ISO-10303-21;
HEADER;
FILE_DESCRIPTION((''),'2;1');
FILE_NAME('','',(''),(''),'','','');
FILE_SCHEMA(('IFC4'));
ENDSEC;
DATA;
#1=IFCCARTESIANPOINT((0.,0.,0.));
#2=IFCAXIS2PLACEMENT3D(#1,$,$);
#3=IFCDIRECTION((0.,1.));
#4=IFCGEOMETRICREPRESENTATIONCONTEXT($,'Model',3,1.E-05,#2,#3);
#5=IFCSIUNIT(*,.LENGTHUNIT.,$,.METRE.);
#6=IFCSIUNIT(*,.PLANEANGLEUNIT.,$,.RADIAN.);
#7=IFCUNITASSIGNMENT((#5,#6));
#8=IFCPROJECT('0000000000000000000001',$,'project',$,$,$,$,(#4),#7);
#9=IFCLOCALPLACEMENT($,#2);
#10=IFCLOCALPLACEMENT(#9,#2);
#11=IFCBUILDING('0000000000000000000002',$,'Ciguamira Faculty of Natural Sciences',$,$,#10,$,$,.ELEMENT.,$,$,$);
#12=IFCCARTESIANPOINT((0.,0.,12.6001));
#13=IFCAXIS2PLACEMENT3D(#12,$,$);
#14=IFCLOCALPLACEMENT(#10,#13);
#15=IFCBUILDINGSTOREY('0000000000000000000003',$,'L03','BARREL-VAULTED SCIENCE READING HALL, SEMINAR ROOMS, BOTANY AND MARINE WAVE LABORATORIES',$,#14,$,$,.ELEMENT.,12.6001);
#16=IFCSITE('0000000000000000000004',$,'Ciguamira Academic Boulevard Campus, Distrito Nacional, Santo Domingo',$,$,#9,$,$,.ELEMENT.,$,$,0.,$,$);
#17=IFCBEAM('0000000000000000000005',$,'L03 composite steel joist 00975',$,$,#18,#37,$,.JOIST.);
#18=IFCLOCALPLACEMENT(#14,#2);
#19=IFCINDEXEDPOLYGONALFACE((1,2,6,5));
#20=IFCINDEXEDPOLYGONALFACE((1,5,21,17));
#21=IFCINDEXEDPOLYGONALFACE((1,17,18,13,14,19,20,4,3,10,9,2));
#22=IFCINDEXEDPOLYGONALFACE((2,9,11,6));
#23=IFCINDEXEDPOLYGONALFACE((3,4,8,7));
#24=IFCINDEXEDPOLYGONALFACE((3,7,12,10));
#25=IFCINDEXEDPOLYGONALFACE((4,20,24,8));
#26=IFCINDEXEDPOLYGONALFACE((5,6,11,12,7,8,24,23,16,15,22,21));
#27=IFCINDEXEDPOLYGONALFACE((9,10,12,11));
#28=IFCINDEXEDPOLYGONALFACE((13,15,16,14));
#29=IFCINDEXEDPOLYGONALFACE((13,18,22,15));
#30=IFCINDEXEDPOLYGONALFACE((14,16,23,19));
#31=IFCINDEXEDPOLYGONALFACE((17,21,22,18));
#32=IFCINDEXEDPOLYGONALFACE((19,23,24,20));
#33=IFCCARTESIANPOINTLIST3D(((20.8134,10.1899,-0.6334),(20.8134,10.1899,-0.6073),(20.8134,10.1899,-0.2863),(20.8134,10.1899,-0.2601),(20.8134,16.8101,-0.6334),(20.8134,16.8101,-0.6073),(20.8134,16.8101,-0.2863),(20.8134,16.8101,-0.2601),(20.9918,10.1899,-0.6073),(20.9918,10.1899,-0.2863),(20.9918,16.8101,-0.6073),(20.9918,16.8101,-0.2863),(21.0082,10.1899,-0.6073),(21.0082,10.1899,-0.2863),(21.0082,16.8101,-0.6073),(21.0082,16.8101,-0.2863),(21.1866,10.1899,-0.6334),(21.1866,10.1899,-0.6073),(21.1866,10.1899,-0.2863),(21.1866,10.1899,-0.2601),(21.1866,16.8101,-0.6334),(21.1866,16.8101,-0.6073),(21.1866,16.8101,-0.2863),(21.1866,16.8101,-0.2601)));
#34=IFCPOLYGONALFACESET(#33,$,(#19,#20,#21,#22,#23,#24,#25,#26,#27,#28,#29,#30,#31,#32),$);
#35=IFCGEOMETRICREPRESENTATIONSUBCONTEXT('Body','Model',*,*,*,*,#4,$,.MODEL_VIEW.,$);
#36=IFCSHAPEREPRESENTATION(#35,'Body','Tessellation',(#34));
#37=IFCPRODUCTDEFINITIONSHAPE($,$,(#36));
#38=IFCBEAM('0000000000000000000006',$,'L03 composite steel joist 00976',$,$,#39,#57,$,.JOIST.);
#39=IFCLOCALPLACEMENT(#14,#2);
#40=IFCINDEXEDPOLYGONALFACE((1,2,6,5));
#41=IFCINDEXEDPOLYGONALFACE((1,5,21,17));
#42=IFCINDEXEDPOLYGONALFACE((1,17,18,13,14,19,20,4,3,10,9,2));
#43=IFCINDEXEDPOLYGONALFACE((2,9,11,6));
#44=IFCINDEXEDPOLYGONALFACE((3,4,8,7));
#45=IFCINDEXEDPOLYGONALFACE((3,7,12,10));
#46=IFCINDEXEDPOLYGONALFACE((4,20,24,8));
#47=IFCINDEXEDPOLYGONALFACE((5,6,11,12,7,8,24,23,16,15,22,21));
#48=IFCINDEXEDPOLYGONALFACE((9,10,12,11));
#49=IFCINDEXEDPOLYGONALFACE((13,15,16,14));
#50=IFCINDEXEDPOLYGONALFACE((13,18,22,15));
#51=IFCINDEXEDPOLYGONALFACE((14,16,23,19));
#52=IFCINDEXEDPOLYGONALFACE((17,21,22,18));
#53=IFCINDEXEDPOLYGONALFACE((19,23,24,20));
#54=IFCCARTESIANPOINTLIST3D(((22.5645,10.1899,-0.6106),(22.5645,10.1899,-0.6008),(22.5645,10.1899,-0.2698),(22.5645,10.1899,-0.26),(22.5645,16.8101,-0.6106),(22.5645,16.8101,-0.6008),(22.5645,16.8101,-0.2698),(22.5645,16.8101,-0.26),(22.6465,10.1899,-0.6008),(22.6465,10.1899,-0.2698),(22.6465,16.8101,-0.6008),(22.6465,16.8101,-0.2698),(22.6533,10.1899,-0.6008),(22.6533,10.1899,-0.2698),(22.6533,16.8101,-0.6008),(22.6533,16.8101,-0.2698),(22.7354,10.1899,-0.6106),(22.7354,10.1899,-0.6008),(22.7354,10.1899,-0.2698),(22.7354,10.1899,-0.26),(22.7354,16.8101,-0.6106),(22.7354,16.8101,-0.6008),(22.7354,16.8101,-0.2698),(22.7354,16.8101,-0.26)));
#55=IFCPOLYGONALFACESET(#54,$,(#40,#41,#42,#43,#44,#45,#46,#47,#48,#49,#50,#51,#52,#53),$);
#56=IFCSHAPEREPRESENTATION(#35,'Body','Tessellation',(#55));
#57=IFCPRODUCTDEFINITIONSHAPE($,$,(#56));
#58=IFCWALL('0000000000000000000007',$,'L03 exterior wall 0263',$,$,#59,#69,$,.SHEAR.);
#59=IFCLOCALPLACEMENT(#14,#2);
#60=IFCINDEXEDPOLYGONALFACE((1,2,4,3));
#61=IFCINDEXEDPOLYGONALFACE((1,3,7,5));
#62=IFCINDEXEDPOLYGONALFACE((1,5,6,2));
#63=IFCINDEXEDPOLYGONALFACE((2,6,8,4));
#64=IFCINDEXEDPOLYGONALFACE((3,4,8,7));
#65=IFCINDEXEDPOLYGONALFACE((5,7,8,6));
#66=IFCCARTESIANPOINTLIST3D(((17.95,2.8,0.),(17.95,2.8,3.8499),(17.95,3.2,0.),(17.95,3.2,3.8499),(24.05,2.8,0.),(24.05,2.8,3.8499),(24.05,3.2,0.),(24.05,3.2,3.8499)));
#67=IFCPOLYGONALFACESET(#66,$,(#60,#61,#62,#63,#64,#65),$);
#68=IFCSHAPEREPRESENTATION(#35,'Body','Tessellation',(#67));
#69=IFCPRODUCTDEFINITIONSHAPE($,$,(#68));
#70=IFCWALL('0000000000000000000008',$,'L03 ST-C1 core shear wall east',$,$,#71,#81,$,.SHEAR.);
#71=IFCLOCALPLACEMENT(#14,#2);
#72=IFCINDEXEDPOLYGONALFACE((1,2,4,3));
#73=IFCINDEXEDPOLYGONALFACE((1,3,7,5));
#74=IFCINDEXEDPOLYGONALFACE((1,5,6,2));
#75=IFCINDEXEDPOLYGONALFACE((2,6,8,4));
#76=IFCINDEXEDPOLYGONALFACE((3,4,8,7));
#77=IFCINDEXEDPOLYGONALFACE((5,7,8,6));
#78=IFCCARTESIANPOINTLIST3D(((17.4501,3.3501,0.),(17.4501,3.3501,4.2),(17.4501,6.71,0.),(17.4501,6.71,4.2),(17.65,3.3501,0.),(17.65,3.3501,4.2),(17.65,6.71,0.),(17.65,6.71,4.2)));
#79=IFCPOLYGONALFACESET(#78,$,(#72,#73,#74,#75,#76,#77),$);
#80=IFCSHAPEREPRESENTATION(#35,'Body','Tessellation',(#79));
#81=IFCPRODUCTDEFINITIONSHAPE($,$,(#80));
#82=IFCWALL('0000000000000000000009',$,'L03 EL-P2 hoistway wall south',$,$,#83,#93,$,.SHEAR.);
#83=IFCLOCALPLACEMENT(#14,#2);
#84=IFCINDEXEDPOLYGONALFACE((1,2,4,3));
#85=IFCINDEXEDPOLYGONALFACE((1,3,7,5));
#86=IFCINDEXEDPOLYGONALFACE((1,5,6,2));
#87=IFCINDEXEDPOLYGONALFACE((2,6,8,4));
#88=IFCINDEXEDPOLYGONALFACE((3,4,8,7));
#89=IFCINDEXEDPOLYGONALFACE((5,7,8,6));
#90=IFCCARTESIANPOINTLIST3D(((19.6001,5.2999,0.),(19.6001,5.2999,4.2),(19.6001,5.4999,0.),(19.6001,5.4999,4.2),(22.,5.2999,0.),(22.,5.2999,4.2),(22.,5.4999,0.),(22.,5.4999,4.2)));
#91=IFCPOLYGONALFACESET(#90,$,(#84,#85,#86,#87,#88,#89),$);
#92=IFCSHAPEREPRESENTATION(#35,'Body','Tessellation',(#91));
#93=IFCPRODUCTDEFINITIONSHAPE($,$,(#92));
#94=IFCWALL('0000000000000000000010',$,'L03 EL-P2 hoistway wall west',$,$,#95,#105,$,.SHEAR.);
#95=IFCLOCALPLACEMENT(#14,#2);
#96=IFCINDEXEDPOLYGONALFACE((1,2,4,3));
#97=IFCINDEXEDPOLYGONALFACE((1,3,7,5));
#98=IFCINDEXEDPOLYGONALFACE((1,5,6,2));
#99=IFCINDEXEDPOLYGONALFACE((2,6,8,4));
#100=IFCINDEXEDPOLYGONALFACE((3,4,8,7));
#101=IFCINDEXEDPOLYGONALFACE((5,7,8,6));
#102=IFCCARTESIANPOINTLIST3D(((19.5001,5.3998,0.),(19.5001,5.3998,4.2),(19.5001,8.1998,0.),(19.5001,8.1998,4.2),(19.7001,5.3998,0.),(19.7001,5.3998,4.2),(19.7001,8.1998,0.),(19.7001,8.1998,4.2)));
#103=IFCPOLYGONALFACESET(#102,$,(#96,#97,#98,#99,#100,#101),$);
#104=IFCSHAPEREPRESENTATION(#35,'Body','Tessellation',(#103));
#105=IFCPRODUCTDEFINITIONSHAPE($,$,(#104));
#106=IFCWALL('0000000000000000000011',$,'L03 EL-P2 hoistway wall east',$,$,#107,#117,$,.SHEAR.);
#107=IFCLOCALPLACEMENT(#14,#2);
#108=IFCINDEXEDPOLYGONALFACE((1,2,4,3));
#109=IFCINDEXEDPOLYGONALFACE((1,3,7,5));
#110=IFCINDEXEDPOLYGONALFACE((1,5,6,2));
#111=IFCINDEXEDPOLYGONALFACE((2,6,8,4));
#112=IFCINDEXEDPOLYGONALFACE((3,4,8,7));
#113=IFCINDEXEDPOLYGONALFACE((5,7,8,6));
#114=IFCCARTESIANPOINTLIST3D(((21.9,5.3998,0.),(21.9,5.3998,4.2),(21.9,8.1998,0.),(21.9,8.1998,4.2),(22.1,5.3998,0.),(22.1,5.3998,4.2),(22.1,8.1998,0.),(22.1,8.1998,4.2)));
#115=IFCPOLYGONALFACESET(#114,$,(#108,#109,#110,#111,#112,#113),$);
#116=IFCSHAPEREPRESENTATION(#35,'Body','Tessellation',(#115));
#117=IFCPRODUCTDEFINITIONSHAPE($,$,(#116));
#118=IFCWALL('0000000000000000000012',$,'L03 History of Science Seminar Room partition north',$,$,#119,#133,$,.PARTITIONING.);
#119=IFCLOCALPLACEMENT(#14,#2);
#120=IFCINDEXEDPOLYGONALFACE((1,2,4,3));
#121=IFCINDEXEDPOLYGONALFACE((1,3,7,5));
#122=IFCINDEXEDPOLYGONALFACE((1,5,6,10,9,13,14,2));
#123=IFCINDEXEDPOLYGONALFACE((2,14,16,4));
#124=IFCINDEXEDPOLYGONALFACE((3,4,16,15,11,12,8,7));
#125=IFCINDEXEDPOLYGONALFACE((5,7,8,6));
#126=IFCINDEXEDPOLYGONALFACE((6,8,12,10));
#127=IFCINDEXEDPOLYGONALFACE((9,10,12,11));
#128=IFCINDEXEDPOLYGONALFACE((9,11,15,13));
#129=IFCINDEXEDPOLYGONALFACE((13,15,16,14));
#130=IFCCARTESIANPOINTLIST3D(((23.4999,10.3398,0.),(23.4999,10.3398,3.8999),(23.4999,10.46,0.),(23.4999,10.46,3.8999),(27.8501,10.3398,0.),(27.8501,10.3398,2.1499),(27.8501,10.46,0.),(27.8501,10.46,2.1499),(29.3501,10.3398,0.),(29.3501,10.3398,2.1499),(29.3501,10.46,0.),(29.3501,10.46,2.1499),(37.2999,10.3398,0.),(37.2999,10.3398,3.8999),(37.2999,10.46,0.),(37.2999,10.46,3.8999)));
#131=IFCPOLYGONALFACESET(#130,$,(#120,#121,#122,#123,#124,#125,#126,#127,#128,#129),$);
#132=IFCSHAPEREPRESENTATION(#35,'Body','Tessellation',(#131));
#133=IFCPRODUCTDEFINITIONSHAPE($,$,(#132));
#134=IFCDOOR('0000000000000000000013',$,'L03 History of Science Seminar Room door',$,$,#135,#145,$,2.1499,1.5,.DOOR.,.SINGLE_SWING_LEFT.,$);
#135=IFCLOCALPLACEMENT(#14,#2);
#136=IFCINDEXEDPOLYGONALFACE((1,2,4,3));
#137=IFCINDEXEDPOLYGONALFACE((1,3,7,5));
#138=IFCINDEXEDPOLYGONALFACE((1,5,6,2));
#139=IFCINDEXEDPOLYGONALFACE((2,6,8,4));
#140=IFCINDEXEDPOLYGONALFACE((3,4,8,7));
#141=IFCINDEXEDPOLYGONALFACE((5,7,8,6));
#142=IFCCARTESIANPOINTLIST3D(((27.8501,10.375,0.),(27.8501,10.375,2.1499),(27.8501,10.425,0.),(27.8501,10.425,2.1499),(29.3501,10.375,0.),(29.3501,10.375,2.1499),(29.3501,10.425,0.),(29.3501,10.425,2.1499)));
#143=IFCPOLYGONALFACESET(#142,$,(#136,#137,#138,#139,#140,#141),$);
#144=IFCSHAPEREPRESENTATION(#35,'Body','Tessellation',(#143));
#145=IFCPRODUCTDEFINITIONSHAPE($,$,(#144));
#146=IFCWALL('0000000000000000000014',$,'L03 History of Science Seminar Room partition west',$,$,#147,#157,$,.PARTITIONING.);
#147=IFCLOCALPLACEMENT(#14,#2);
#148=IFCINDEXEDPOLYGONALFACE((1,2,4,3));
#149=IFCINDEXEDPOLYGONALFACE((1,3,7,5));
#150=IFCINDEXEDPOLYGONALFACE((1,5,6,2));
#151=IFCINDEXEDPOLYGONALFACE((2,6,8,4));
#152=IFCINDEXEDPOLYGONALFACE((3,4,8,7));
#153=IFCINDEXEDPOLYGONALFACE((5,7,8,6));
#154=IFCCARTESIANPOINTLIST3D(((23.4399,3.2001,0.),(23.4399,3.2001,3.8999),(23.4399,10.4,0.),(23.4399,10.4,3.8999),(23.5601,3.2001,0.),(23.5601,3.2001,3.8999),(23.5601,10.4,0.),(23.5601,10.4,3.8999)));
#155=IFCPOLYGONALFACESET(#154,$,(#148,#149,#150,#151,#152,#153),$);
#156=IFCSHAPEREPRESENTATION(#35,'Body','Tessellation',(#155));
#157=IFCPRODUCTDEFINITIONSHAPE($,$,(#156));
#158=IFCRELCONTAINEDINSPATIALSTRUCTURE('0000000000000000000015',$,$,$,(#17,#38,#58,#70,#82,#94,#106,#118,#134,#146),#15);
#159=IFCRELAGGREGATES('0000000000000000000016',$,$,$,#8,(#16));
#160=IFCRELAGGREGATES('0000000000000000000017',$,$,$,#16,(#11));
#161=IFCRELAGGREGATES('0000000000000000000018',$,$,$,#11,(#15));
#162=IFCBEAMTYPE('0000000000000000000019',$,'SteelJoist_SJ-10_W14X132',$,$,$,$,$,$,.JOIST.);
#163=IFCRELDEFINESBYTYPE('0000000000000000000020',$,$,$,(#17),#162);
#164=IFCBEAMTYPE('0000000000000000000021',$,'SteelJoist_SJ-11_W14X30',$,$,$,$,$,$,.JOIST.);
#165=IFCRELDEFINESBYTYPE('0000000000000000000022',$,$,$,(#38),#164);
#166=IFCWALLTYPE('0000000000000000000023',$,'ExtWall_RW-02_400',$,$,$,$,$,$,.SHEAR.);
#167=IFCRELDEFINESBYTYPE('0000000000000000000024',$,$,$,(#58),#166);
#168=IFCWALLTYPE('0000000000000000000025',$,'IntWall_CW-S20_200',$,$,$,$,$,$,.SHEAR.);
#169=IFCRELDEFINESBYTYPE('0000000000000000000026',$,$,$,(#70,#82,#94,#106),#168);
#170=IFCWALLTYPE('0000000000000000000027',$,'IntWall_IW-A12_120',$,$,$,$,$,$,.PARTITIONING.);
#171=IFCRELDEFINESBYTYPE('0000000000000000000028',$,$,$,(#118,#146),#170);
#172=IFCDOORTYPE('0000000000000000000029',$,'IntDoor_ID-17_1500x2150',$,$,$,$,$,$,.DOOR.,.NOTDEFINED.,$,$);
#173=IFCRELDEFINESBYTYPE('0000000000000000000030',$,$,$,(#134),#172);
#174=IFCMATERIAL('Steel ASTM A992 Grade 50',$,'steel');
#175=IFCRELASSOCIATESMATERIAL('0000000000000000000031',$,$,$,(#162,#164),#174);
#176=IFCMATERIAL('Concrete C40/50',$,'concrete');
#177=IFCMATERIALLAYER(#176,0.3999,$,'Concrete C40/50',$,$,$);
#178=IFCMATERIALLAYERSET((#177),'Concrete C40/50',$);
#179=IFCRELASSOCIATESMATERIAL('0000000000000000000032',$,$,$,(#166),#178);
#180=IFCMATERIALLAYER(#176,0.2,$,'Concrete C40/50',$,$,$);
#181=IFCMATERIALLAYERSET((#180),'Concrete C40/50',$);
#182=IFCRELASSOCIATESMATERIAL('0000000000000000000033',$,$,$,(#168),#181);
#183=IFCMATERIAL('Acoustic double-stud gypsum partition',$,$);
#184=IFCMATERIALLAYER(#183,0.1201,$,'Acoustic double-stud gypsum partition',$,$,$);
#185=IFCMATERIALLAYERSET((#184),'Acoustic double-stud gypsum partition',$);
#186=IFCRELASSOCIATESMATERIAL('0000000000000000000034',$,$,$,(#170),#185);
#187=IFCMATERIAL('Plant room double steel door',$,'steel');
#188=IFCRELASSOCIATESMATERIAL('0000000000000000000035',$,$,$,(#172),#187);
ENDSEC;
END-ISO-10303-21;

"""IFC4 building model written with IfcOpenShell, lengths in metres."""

from ifc_helpers import new_model, si_unit, direction, frame, frame_2d, origin, origin_2d, place, context, subcontext, project, spatial, rectangle, i_section, extrude, material, layer, layer_set, material_profile, profile_set, type_object, element, fill, save


model = new_model("IFC4")

# Units and contexts
model_context = context("Model", 3, precision=1e-05, world=origin(), true_north=direction((0.0, 1.0)))
body_context = subcontext(model_context, "Body", "Model", "MODEL_VIEW")
ifc_project = project(units=[si_unit("LENGTHUNIT", "METRE"), si_unit("PLANEANGLEUNIT", "RADIAN")], contexts=[model_context])

# Site, building, storey
site_placement = place(None, origin())
site = spatial("IfcSite", under=ifc_project, at=site_placement, Name="Ciguamira Academic Boulevard Campus, Distrito Nacional, Santo Domingo", CompositionType="ELEMENT", RefElevation=0.0)
building_placement = place(site_placement, origin())
building = spatial("IfcBuilding", under=site, at=building_placement, Name="Ciguamira Faculty of Natural Sciences", CompositionType="ELEMENT")
storey_placement = place(building_placement, frame((0.0, 0.0, 12.6001)))
storey = spatial("IfcBuildingStorey", under=building, at=storey_placement, Name="L03", Description="BARREL-VAULTED SCIENCE READING HALL, SEMINAR ROOMS, BOTANY AND MARINE WAVE LABORATORIES", CompositionType="ELEMENT", Elevation=12.6001)

# Shared definitions
ifc_material_1 = material(Name="Concrete C40/50", Category="concrete")

# Beams
ifc_material_2 = material(Name="Steel ASTM A992 Grade 50", Category="steel")
ifc_material_profile_1 = material_profile(ifc_material_2, i_section(OverallWidth=0.3733, OverallDepth=0.3733, WebThickness=0.0164, FlangeThickness=0.0261, at=origin_2d()), Name="W14X132")
ifc_profile_set_1 = profile_set([ifc_material_profile_1], Name="Steel ASTM A992 Grade 50")
beam_type_1 = type_object("IfcBeamType", Name="SteelJoist_SJ-10_W14X132", PredefinedType="JOIST", material=ifc_profile_set_1)
beam_1_placement = place(storey_placement, frame((21.0, 10.1899, -0.4468), z_axis=(0.0, 1.0, 0.0), x_axis=(-1.0, 0.0, 0.0)))
element("IfcBeam", 1, at=beam_1_placement, inside=storey, type_object=beam_type_1, Name="L03 composite steel joist 00975", PredefinedType="JOIST", context=body_context, shape_type="SweptSolid", body=[
    extrude(i_section(OverallWidth=0.3733, OverallDepth=0.3733, WebThickness=0.0164, FlangeThickness=0.0261, at=origin_2d()), origin(), (0.0, 0.0, 1.0), 6.6201),
])
ifc_material_profile_2 = material_profile(ifc_material_2, i_section(OverallWidth=0.1709, OverallDepth=0.3506, WebThickness=0.0068, FlangeThickness=0.0098, at=origin_2d()), Name="W14X30")
ifc_profile_set_2 = profile_set([ifc_material_profile_2], Name="Steel ASTM A992 Grade 50")
beam_type_2 = type_object("IfcBeamType", Name="SteelJoist_SJ-11_W14X30", PredefinedType="JOIST", material=ifc_profile_set_2)
beam_2_placement = place(storey_placement, frame((22.6499, 10.1899, -0.4353), z_axis=(0.0, 1.0, 0.0), x_axis=(-1.0, 0.0, 0.0)))
element("IfcBeam", 2, at=beam_2_placement, inside=storey, type_object=beam_type_2, Name="L03 composite steel joist 00976", PredefinedType="JOIST", context=body_context, shape_type="SweptSolid", body=[
    extrude(i_section(OverallWidth=0.1709, OverallDepth=0.3506, WebThickness=0.0068, FlangeThickness=0.0098, at=origin_2d()), origin(), (0.0, 0.0, 1.0), 6.6201),
])

# Walls
ifc_layer_1 = layer(ifc_material_1, 0.3999, Name="Concrete C40/50")
ifc_layer_set_1 = layer_set([ifc_layer_1], Name="Concrete C40/50")
wall_type_1 = type_object("IfcWallType", Name="ExtWall_RW-02_400", PredefinedType="SHEAR", material=ifc_layer_set_1)
wall_1_placement = place(storey_placement, frame((17.95, 3.0, 0.0), z_axis=(0.0, 0.0, 1.0), x_axis=(1.0, 0.0, 0.0)))
element("IfcWall", 3, at=wall_1_placement, inside=storey, type_object=wall_type_1, Name="L03 exterior wall 0263", PredefinedType="SHEAR", context=body_context, shape_type="SweptSolid", body=[
    extrude(rectangle(XDim=6.1001, YDim=0.3999, at=frame_2d((3.05, 0.0))), origin(), (0.0, 0.0, 1.0), 3.8499),
])
ifc_layer_2 = layer(ifc_material_1, 0.2, Name="Concrete C40/50")
ifc_layer_set_2 = layer_set([ifc_layer_2], Name="Concrete C40/50")
wall_type_2 = type_object("IfcWallType", Name="IntWall_CW-S20_200", PredefinedType="SHEAR", material=ifc_layer_set_2)
wall_2_placement = place(storey_placement, frame((17.55, 3.3501, 0.0), z_axis=(0.0, 0.0, 1.0), x_axis=(0.0, 1.0, 0.0)))
element("IfcWall", 4, at=wall_2_placement, inside=storey, type_object=wall_type_2, Name="L03 ST-C1 core shear wall east", PredefinedType="SHEAR", context=body_context, shape_type="SweptSolid", body=[
    extrude(rectangle(XDim=3.3599, YDim=0.2, at=frame_2d((1.6799, 0.0))), origin(), (0.0, 0.0, 1.0), 4.2),
])
wall_3_placement = place(storey_placement, frame((19.6001, 5.3999, 0.0), z_axis=(0.0, 0.0, 1.0), x_axis=(1.0, 0.0, 0.0)))
element("IfcWall", 5, at=wall_3_placement, inside=storey, type_object=wall_type_2, Name="L03 EL-P2 hoistway wall south", PredefinedType="SHEAR", context=body_context, shape_type="SweptSolid", body=[
    extrude(rectangle(XDim=2.3999, YDim=0.2, at=frame_2d((1.2, 0.0))), origin(), (0.0, 0.0, 1.0), 4.2),
])

# Walls
for number, where, z_axis, x_axis, name in (
    (6, (19.6001, 5.3999, 0.0), (0.0, 0.0, 1.0), (0.0, 1.0, 0.0), "L03 EL-P2 hoistway wall west"),
    (7, (22.0, 5.3999, 0.0), (0.0, 0.0, 1.0), (0.0, 1.0, 0.0), "L03 EL-P2 hoistway wall east"),
):
    element("IfcWall", number, at=place(storey_placement, frame(where, z_axis=z_axis, x_axis=x_axis)), inside=storey, type_object=wall_type_2, Name=name, PredefinedType="SHEAR", context=body_context, shape_type="SweptSolid", body=[
        extrude(rectangle(XDim=2.8, YDim=0.2, at=frame_2d((1.3999, 0.0))), origin(), (0.0, 0.0, 1.0), 4.2),
    ])

# Wall, opening, door
ifc_material_3 = material(Name="Acoustic double-stud gypsum partition")
ifc_layer_3 = layer(ifc_material_3, 0.1201, Name="Acoustic double-stud gypsum partition")
ifc_layer_set_3 = layer_set([ifc_layer_3], Name="Acoustic double-stud gypsum partition")
wall_type_3 = type_object("IfcWallType", Name="IntWall_IW-A12_120", PredefinedType="PARTITIONING", material=ifc_layer_set_3)
wall_4_placement = place(storey_placement, frame((23.5, 10.3999, 0.0), z_axis=(0.0, 0.0, 1.0), x_axis=(1.0, 0.0, 0.0)))
wall_4 = element("IfcWall", 8, at=wall_4_placement, inside=storey, type_object=wall_type_3, Name="L03 History of Science Seminar Room partition north", PredefinedType="PARTITIONING", context=body_context, shape_type="SweptSolid", body=[
    extrude(rectangle(XDim=13.8, YDim=0.1201, at=frame_2d((6.8999, 0.0))), origin(), (0.0, 0.0, 1.0), 3.8999),
])
opening_1_placement = place(wall_4_placement, frame((4.3501, 0.0, 0.0)))
opening_1 = element("IfcOpeningElement", 9, at=opening_1_placement, cuts=wall_4, PredefinedType="OPENING", context=body_context, shape_type="SweptSolid", body=[
    extrude(rectangle(XDim=1.5, YDim=2.1499, at=frame_2d((0.75, 1.075))), frame((0.0, 0.0701, 0.0), z_axis=(0.0, -1.0, 0.0), x_axis=(1.0, 0.0, 0.0)), (0.0, 0.0, 1.0), 0.1401),
])
ifc_material_4 = material(Name="Plant room double steel door", Category="steel")
door_type_1 = type_object("IfcDoorType", Name="IntDoor_ID-17_1500x2150", OperationType="NOTDEFINED", PredefinedType="DOOR", material=ifc_material_4)
door_1_placement = place(opening_1_placement, frame((1.5, 0.0, 0.0), z_axis=(0.0, 0.0, 1.0), x_axis=(-1.0, 0.0, 0.0)))
door_1 = element("IfcDoor", 10, at=door_1_placement, inside=storey, type_object=door_type_1, Name="L03 History of Science Seminar Room door", OperationType="SINGLE_SWING_LEFT", OverallHeight=2.1499, OverallWidth=1.5, PredefinedType="DOOR", context=body_context, shape_type="SweptSolid", body=[
    extrude(rectangle(XDim=1.5, YDim=2.1499, at=frame_2d((0.75, 1.075))), frame((0.0, 0.0249, 0.0), z_axis=(0.0, -1.0, 0.0), x_axis=(1.0, 0.0, 0.0)), (0.0, 0.0, 1.0), 0.05),
])
fill(opening_1, door_1)

# Wall
wall_5_placement = place(storey_placement, frame((23.5, 3.2, 0.0), z_axis=(0.0, 0.0, 1.0), x_axis=(0.0, 1.0, 0.0)))
element("IfcWall", 11, at=wall_5_placement, inside=storey, type_object=wall_type_3, Name="L03 History of Science Seminar Room partition west", PredefinedType="PARTITIONING", context=body_context, shape_type="SweptSolid", body=[
    extrude(rectangle(XDim=7.2, YDim=0.1201, at=frame_2d((3.6001, 0.0))), origin(), (0.0, 0.0, 1.0), 3.8999),
])

save(model, "model.ifc")
